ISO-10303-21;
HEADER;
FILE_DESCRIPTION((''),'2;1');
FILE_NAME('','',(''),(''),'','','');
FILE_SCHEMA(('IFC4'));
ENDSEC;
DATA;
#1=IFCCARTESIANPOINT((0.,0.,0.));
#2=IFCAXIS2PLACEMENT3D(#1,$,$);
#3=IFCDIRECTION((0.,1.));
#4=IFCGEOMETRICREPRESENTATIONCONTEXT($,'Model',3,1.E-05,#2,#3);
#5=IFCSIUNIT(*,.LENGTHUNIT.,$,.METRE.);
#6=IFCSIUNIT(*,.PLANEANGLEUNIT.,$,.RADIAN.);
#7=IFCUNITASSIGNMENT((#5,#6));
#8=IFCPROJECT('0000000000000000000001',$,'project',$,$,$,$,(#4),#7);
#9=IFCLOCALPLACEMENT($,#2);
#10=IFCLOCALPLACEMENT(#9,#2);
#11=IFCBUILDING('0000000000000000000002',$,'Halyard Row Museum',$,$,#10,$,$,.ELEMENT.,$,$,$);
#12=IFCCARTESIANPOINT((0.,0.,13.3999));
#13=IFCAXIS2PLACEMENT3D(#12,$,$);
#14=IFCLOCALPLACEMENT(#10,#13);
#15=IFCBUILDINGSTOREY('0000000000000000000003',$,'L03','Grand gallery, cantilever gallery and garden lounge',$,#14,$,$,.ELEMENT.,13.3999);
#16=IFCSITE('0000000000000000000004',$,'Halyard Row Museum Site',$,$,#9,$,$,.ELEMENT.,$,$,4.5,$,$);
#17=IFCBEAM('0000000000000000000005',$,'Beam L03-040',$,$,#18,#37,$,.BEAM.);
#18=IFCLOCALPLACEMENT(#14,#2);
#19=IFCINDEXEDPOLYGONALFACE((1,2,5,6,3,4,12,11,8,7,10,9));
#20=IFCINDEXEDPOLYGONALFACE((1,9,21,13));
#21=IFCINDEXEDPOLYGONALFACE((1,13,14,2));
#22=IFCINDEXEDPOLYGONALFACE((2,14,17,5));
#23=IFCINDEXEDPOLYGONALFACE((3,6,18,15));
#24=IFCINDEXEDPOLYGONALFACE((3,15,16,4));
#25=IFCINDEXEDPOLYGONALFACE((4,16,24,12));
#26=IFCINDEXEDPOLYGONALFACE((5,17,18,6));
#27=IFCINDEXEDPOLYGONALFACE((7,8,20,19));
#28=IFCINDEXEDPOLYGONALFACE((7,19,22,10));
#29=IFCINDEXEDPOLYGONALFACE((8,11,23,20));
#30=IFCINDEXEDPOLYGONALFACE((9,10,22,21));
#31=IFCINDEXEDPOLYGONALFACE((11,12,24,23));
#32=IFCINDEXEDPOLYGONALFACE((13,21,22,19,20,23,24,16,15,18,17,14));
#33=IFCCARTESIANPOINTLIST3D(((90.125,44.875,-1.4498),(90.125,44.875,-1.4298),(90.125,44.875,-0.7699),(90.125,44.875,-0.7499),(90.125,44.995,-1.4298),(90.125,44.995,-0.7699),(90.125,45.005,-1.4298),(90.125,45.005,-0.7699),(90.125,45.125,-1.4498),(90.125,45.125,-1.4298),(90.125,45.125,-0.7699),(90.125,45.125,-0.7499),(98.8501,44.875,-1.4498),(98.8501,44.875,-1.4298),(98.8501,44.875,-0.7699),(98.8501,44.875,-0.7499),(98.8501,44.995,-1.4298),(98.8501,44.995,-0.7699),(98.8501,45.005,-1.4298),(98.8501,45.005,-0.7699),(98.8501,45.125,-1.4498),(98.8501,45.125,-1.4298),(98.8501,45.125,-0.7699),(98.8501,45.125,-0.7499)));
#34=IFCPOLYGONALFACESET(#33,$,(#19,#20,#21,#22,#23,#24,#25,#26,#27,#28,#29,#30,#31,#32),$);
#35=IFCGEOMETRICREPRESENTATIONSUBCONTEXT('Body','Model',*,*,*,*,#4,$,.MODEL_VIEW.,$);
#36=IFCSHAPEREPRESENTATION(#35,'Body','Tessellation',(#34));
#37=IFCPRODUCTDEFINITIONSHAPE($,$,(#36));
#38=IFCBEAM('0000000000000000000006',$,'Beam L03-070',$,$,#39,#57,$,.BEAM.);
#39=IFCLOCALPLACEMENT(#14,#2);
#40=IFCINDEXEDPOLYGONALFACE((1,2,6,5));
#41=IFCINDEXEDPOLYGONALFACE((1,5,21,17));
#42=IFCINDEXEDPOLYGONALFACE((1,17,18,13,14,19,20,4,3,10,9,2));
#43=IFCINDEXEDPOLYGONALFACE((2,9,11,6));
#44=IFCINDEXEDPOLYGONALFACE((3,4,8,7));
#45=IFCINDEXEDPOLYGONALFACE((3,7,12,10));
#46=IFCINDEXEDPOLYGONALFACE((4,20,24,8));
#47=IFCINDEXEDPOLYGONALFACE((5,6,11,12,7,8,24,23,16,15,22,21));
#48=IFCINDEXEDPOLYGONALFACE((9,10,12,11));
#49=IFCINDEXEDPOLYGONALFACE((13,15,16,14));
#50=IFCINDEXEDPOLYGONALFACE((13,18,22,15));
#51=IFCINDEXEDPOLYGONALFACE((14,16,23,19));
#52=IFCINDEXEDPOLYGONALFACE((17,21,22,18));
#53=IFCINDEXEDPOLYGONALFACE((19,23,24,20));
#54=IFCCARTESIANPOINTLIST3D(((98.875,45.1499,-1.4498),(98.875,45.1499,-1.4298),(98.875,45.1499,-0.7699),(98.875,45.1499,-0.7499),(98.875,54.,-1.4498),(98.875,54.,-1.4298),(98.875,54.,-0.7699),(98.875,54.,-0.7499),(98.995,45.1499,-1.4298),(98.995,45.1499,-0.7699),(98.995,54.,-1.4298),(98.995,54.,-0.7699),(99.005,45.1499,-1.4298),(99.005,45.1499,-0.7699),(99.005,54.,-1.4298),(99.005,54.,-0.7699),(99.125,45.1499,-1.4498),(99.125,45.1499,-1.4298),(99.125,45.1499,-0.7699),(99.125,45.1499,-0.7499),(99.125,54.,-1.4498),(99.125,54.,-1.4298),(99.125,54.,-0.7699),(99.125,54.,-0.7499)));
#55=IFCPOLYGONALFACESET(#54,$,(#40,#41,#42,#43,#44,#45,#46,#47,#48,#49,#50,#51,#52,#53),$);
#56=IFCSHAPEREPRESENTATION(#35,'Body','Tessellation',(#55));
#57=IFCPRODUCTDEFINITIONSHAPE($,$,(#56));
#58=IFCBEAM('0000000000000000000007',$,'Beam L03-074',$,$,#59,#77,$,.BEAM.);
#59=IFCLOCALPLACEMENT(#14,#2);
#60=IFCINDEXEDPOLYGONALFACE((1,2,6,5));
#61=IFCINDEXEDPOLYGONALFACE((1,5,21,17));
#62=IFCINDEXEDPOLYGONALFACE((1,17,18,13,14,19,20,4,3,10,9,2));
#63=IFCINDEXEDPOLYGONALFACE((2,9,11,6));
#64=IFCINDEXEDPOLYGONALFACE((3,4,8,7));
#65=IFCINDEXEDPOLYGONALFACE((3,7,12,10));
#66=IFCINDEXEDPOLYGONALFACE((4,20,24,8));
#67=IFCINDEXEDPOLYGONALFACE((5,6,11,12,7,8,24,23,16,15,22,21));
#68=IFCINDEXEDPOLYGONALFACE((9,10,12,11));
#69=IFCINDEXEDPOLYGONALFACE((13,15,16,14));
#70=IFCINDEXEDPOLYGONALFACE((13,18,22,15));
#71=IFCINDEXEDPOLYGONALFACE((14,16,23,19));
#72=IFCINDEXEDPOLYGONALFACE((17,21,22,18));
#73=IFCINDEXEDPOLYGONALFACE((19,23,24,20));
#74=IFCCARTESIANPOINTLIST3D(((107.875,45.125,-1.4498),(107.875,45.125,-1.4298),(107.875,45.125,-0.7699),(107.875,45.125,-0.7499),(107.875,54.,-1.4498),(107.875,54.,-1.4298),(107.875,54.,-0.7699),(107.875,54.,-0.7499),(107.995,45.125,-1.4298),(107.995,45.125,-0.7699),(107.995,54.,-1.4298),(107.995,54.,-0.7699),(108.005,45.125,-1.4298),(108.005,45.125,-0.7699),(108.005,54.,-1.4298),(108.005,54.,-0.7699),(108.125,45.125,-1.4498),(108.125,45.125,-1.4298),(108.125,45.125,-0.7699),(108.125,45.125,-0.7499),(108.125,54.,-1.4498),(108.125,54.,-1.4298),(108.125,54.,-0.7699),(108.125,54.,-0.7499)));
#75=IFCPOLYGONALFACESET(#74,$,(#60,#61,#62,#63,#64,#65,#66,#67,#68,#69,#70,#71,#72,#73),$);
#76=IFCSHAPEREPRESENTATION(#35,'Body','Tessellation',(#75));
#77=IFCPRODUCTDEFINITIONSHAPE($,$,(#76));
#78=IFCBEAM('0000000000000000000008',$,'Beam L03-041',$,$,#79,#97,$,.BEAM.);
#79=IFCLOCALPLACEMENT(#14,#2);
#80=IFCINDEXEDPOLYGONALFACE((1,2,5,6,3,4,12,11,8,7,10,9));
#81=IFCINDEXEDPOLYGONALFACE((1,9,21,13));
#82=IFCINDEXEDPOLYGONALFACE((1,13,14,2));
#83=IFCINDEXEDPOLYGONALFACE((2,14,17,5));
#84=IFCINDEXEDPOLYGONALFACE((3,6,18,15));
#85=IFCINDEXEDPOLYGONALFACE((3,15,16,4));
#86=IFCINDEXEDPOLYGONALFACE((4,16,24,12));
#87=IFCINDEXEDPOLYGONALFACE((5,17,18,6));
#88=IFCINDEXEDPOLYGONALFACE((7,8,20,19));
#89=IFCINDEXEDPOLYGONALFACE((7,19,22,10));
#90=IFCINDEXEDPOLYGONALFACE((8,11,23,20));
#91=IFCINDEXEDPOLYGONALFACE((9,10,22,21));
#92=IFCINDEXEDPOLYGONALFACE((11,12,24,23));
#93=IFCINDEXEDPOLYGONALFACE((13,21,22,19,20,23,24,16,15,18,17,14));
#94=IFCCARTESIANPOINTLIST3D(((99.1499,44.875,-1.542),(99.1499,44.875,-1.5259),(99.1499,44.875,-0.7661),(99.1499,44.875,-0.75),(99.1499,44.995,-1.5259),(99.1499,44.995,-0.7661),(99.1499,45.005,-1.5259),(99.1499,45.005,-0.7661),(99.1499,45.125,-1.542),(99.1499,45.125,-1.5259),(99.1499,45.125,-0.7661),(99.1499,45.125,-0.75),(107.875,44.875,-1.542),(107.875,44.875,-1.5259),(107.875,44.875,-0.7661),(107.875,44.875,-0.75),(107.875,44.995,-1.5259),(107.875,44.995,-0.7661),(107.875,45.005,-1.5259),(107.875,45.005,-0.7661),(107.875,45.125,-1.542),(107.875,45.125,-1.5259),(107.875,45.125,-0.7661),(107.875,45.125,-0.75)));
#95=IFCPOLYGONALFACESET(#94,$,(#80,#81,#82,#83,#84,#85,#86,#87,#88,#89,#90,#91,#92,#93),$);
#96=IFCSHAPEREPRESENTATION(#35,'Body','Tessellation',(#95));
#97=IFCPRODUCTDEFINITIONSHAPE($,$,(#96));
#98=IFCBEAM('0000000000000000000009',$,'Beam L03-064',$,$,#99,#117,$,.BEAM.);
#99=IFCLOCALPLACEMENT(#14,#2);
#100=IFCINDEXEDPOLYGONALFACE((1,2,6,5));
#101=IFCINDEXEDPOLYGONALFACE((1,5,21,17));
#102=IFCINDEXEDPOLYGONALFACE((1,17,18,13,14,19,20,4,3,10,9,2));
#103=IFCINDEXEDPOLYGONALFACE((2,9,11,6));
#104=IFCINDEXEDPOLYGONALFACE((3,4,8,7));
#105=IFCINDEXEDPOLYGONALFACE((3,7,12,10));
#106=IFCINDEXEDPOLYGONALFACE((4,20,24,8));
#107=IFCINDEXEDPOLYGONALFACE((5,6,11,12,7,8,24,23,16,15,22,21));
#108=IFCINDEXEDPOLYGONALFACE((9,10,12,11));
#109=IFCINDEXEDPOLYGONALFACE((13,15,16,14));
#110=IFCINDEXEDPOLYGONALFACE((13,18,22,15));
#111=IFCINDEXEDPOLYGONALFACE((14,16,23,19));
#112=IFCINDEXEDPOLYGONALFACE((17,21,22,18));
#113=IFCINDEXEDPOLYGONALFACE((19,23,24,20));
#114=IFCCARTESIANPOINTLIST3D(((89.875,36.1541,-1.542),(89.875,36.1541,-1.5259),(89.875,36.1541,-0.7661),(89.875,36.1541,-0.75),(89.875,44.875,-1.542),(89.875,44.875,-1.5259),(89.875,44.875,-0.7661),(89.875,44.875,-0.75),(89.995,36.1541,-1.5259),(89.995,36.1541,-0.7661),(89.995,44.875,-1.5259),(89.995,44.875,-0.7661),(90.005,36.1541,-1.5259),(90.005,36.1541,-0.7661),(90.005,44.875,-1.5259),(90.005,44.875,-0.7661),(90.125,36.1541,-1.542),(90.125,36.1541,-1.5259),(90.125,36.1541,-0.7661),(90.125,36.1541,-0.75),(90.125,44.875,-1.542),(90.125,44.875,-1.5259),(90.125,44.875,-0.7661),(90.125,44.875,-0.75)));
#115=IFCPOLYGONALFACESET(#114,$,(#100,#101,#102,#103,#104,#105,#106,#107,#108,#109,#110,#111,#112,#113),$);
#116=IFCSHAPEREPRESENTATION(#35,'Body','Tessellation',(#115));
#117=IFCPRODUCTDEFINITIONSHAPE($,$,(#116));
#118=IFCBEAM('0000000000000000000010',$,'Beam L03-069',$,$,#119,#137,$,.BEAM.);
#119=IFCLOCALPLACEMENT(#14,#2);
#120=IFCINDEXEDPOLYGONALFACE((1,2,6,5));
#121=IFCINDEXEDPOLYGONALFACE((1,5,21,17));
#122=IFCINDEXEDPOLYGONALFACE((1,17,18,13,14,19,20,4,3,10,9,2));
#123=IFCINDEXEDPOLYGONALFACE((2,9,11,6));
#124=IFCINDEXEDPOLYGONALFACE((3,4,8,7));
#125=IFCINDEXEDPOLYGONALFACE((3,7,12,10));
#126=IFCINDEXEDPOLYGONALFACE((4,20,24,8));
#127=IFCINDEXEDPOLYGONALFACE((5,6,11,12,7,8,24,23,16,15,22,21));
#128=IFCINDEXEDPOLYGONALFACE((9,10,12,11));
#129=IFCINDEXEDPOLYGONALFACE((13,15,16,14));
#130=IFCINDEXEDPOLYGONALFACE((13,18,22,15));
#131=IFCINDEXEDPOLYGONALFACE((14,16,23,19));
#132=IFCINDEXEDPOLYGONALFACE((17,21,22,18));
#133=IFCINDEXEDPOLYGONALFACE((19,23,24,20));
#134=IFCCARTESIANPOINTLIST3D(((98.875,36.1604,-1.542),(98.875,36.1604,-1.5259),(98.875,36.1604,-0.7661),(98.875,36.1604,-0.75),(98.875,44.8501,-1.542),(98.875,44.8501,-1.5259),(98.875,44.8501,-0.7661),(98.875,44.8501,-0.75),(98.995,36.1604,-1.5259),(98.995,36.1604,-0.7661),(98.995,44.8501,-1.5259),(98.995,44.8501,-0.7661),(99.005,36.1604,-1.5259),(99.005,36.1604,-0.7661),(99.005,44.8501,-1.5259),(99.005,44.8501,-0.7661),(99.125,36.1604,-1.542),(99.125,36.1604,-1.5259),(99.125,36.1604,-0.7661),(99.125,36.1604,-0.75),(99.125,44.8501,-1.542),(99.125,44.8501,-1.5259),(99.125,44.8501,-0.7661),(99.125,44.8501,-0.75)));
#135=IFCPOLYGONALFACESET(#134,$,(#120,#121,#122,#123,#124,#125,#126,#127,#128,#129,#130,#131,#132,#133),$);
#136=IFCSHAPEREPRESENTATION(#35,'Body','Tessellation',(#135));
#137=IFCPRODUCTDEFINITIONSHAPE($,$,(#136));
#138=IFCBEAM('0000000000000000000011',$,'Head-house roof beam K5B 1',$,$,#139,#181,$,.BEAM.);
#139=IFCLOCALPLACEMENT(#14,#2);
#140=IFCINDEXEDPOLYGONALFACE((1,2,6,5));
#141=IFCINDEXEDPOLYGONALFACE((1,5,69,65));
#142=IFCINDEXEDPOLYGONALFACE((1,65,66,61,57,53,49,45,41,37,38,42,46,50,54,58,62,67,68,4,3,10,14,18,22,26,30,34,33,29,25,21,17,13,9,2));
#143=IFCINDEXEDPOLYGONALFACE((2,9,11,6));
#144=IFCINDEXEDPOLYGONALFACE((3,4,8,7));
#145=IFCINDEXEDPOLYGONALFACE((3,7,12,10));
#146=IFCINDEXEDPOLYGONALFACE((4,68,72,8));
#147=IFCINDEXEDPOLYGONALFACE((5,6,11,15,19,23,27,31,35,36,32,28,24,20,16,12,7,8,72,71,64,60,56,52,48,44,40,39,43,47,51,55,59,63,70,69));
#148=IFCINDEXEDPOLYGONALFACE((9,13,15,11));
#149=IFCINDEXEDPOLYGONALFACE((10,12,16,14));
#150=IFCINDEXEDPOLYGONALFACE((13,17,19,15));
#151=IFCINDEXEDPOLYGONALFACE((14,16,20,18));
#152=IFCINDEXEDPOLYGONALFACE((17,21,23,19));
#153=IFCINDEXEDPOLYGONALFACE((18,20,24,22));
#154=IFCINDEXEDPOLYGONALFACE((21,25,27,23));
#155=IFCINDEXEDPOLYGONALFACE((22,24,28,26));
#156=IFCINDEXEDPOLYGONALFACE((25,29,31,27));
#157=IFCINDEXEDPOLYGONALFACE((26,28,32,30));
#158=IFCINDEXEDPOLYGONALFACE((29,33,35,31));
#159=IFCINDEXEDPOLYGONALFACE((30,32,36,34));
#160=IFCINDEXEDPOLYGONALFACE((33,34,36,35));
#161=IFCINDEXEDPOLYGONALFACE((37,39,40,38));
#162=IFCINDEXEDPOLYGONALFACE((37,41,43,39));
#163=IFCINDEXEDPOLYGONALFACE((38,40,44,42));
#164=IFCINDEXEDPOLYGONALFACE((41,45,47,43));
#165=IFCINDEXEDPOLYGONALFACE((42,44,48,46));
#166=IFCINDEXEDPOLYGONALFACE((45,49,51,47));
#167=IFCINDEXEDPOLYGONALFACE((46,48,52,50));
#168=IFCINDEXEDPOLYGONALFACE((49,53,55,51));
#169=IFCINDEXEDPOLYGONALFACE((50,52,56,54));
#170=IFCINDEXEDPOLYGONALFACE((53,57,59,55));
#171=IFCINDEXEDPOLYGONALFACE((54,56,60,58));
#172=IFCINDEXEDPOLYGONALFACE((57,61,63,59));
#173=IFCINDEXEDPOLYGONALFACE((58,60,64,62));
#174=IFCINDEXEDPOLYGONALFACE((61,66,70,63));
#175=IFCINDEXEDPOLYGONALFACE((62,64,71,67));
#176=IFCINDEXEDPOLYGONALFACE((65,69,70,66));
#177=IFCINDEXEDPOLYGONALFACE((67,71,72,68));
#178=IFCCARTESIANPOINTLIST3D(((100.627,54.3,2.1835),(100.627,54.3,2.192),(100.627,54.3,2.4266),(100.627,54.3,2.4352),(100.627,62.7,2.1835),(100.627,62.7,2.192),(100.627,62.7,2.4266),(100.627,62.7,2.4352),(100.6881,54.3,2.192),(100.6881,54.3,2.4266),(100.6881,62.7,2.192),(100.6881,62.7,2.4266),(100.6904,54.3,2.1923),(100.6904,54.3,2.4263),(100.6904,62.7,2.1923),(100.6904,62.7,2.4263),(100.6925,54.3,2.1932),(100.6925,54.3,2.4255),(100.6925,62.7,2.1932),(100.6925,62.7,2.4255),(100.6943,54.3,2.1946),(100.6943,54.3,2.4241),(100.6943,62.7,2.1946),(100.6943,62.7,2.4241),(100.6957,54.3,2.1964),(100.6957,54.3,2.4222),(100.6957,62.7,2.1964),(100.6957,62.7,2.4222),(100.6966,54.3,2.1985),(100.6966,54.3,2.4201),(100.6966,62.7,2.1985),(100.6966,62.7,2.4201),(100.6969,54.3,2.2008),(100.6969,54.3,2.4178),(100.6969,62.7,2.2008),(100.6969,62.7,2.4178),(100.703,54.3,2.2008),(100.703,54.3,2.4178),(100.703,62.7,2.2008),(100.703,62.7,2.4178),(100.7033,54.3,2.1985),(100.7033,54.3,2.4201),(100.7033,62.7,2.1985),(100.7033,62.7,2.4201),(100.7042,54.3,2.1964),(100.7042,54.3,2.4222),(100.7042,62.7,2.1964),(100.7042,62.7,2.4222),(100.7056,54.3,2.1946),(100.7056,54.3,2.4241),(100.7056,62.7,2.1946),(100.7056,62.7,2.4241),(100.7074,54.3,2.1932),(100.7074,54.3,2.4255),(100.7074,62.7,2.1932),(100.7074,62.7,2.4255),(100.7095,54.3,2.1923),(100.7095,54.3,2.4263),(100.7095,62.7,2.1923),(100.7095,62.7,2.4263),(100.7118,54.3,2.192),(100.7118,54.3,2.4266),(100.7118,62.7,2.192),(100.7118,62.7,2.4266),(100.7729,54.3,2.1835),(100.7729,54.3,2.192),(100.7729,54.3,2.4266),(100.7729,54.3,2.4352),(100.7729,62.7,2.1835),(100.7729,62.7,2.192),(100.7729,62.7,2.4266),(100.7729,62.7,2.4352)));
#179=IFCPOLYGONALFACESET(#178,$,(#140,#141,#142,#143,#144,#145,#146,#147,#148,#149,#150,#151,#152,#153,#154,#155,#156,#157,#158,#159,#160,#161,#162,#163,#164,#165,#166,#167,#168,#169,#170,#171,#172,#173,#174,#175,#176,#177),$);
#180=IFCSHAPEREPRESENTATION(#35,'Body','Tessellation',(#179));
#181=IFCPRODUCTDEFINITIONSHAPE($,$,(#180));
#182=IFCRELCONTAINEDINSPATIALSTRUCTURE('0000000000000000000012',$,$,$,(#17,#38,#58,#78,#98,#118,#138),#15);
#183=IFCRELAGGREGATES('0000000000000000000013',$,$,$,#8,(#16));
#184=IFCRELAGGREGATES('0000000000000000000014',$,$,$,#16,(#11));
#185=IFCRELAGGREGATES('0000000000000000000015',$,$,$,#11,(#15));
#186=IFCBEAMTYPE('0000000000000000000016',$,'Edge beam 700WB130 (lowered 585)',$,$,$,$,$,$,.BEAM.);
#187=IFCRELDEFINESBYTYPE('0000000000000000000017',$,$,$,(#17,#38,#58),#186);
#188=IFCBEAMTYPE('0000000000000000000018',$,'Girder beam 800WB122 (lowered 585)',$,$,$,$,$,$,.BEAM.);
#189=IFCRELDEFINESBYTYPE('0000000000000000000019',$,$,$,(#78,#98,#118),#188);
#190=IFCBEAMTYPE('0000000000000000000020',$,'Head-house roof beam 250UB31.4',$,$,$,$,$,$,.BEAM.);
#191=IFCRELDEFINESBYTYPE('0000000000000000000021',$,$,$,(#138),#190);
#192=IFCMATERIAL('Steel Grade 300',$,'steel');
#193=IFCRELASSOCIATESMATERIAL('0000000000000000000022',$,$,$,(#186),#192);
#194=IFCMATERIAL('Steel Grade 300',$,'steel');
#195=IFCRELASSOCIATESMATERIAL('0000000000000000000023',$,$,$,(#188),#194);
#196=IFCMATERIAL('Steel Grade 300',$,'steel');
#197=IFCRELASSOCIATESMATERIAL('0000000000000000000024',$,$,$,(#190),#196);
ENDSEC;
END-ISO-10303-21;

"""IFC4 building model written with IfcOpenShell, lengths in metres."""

from ifc_helpers import new_model, si_unit, direction, frame, origin, origin_2d, place, context, subcontext, project, spatial, i_section, extrude, material, material_profile, profile_set, type_object, element, save


model = new_model("IFC4")

# Units and contexts
model_context = context("Model", 3, precision=1e-05, world=origin(), true_north=direction((0.0, 1.0)))
body_context = subcontext(model_context, "Body", "Model", "MODEL_VIEW")
ifc_project = project(units=[si_unit("LENGTHUNIT", "METRE"), si_unit("PLANEANGLEUNIT", "RADIAN")], contexts=[model_context])

# Site, building, storey
site_placement = place(None, origin())
site = spatial("IfcSite", under=ifc_project, at=site_placement, Name="Halyard Row Museum Site", CompositionType="ELEMENT", RefElevation=4.5)
building_placement = place(site_placement, origin())
building = spatial("IfcBuilding", under=site, at=building_placement, Name="Halyard Row Museum", CompositionType="ELEMENT")
storey_placement = place(building_placement, frame((0.0, 0.0, 13.3999)))
storey = spatial("IfcBuildingStorey", under=building, at=storey_placement, Name="L03", Description="Grand gallery, cantilever gallery and garden lounge", CompositionType="ELEMENT", Elevation=13.3999)

# Beams
ifc_material_1 = material(Name="Steel Grade 300", Category="steel")
ifc_material_profile_1 = material_profile(ifc_material_1, i_section(OverallWidth=0.25, OverallDepth=0.7, WebThickness=0.01, FlangeThickness=0.02, at=origin_2d()), Name="700WB130")
ifc_profile_set_1 = profile_set([ifc_material_profile_1], Name="Steel Grade 300")
beam_type_1 = type_object("IfcBeamType", Name="Edge beam 700WB130 (lowered 585)", PredefinedType="BEAM", material=ifc_profile_set_1)
beam_1_placement = place(storey_placement, frame((90.125, 45.0, -1.0999), z_axis=(1.0, 0.0, 0.0), x_axis=(0.0, 1.0, 0.0)))
element("IfcBeam", 1, at=beam_1_placement, inside=storey, type_object=beam_type_1, Name="Beam L03-040", PredefinedType="BEAM", context=body_context, shape_type="SweptSolid", body=[
    extrude(i_section(OverallWidth=0.25, OverallDepth=0.7, WebThickness=0.01, FlangeThickness=0.02, at=origin_2d()), origin(), (0.0, 0.0, 1.0), 8.7251),
])
beam_2_placement = place(storey_placement, frame((99.0, 45.1499, -1.0999), z_axis=(0.0, 1.0, 0.0), x_axis=(-1.0, 0.0, 0.0)))
element("IfcBeam", 2, at=beam_2_placement, inside=storey, type_object=beam_type_1, Name="Beam L03-070", PredefinedType="BEAM", context=body_context, shape_type="SweptSolid", body=[
    extrude(i_section(OverallWidth=0.25, OverallDepth=0.7, WebThickness=0.01, FlangeThickness=0.02, at=origin_2d()), origin(), (0.0, 0.0, 1.0), 8.8501),
])
beam_3_placement = place(storey_placement, frame((108.0, 45.125, -1.0999), z_axis=(0.0, 1.0, 0.0), x_axis=(-1.0, 0.0, 0.0)))
element("IfcBeam", 3, at=beam_3_placement, inside=storey, type_object=beam_type_1, Name="Beam L03-074", PredefinedType="BEAM", context=body_context, shape_type="SweptSolid", body=[
    extrude(i_section(OverallWidth=0.25, OverallDepth=0.7, WebThickness=0.01, FlangeThickness=0.02, at=origin_2d()), origin(), (0.0, 0.0, 1.0), 8.875),
])
ifc_material_2 = material(Name="Steel Grade 300", Category="steel")
ifc_material_profile_2 = material_profile(ifc_material_2, i_section(OverallWidth=0.25, OverallDepth=0.792, WebThickness=0.01, FlangeThickness=0.0161, at=origin_2d()), Name="800WB122")
ifc_profile_set_2 = profile_set([ifc_material_profile_2], Name="Steel Grade 300")
beam_type_2 = type_object("IfcBeamType", Name="Girder beam 800WB122 (lowered 585)", PredefinedType="BEAM", material=ifc_profile_set_2)
beam_4_placement = place(storey_placement, frame((99.1499, 45.0, -1.146), z_axis=(1.0, 0.0, 0.0), x_axis=(0.0, 1.0, 0.0)))
element("IfcBeam", 4, at=beam_4_placement, inside=storey, type_object=beam_type_2, Name="Beam L03-041", PredefinedType="BEAM", context=body_context, shape_type="SweptSolid", body=[
    extrude(i_section(OverallWidth=0.25, OverallDepth=0.792, WebThickness=0.01, FlangeThickness=0.0161, at=origin_2d()), origin(), (0.0, 0.0, 1.0), 8.7251),
])
beam_5_placement = place(storey_placement, frame((90.0, 36.1541, -1.146), z_axis=(0.0, 1.0, 0.0), x_axis=(-1.0, 0.0, 0.0)))
element("IfcBeam", 5, at=beam_5_placement, inside=storey, type_object=beam_type_2, Name="Beam L03-064", PredefinedType="BEAM", context=body_context, shape_type="SweptSolid", body=[
    extrude(i_section(OverallWidth=0.25, OverallDepth=0.792, WebThickness=0.01, FlangeThickness=0.0161, at=origin_2d()), origin(), (0.0, 0.0, 1.0), 8.7209),
])
beam_6_placement = place(storey_placement, frame((99.0, 36.1604, -1.146), z_axis=(0.0, 1.0, 0.0), x_axis=(-1.0, 0.0, 0.0)))
element("IfcBeam", 6, at=beam_6_placement, inside=storey, type_object=beam_type_2, Name="Beam L03-069", PredefinedType="BEAM", context=body_context, shape_type="SweptSolid", body=[
    extrude(i_section(OverallWidth=0.25, OverallDepth=0.792, WebThickness=0.01, FlangeThickness=0.0161, at=origin_2d()), origin(), (0.0, 0.0, 1.0), 8.6897),
])
ifc_material_3 = material(Name="Steel Grade 300", Category="steel")
ifc_material_profile_3 = material_profile(ifc_material_3, i_section(OverallWidth=0.146, OverallDepth=0.2517, WebThickness=0.0061, FlangeThickness=0.0085, FilletRadius=0.0088, at=origin_2d()), Name="250UB31.4")
ifc_profile_set_3 = profile_set([ifc_material_profile_3], Name="Steel Grade 300")
beam_type_3 = type_object("IfcBeamType", Name="Head-house roof beam 250UB31.4", PredefinedType="BEAM", material=ifc_profile_set_3)
for number, where, z_axis, x_axis, name in (
    (7, (100.7, 54.3, 2.3093), (0.0, 1.0, 0.0), (-1.0, 0.0, 0.0), "Head-house roof beam K5B 1"),
):
    element("IfcBeam", number, at=place(storey_placement, frame(where, z_axis=z_axis, x_axis=x_axis)), inside=storey, type_object=beam_type_3, Name=name, PredefinedType="BEAM", context=body_context, shape_type="SweptSolid", body=[
        extrude(i_section(OverallWidth=0.146, OverallDepth=0.2517, WebThickness=0.0061, FlangeThickness=0.0085, FilletRadius=0.0088, at=origin_2d()), origin(), (0.0, 0.0, 1.0), 8.3999),
    ])

save(model, "model.ifc")
